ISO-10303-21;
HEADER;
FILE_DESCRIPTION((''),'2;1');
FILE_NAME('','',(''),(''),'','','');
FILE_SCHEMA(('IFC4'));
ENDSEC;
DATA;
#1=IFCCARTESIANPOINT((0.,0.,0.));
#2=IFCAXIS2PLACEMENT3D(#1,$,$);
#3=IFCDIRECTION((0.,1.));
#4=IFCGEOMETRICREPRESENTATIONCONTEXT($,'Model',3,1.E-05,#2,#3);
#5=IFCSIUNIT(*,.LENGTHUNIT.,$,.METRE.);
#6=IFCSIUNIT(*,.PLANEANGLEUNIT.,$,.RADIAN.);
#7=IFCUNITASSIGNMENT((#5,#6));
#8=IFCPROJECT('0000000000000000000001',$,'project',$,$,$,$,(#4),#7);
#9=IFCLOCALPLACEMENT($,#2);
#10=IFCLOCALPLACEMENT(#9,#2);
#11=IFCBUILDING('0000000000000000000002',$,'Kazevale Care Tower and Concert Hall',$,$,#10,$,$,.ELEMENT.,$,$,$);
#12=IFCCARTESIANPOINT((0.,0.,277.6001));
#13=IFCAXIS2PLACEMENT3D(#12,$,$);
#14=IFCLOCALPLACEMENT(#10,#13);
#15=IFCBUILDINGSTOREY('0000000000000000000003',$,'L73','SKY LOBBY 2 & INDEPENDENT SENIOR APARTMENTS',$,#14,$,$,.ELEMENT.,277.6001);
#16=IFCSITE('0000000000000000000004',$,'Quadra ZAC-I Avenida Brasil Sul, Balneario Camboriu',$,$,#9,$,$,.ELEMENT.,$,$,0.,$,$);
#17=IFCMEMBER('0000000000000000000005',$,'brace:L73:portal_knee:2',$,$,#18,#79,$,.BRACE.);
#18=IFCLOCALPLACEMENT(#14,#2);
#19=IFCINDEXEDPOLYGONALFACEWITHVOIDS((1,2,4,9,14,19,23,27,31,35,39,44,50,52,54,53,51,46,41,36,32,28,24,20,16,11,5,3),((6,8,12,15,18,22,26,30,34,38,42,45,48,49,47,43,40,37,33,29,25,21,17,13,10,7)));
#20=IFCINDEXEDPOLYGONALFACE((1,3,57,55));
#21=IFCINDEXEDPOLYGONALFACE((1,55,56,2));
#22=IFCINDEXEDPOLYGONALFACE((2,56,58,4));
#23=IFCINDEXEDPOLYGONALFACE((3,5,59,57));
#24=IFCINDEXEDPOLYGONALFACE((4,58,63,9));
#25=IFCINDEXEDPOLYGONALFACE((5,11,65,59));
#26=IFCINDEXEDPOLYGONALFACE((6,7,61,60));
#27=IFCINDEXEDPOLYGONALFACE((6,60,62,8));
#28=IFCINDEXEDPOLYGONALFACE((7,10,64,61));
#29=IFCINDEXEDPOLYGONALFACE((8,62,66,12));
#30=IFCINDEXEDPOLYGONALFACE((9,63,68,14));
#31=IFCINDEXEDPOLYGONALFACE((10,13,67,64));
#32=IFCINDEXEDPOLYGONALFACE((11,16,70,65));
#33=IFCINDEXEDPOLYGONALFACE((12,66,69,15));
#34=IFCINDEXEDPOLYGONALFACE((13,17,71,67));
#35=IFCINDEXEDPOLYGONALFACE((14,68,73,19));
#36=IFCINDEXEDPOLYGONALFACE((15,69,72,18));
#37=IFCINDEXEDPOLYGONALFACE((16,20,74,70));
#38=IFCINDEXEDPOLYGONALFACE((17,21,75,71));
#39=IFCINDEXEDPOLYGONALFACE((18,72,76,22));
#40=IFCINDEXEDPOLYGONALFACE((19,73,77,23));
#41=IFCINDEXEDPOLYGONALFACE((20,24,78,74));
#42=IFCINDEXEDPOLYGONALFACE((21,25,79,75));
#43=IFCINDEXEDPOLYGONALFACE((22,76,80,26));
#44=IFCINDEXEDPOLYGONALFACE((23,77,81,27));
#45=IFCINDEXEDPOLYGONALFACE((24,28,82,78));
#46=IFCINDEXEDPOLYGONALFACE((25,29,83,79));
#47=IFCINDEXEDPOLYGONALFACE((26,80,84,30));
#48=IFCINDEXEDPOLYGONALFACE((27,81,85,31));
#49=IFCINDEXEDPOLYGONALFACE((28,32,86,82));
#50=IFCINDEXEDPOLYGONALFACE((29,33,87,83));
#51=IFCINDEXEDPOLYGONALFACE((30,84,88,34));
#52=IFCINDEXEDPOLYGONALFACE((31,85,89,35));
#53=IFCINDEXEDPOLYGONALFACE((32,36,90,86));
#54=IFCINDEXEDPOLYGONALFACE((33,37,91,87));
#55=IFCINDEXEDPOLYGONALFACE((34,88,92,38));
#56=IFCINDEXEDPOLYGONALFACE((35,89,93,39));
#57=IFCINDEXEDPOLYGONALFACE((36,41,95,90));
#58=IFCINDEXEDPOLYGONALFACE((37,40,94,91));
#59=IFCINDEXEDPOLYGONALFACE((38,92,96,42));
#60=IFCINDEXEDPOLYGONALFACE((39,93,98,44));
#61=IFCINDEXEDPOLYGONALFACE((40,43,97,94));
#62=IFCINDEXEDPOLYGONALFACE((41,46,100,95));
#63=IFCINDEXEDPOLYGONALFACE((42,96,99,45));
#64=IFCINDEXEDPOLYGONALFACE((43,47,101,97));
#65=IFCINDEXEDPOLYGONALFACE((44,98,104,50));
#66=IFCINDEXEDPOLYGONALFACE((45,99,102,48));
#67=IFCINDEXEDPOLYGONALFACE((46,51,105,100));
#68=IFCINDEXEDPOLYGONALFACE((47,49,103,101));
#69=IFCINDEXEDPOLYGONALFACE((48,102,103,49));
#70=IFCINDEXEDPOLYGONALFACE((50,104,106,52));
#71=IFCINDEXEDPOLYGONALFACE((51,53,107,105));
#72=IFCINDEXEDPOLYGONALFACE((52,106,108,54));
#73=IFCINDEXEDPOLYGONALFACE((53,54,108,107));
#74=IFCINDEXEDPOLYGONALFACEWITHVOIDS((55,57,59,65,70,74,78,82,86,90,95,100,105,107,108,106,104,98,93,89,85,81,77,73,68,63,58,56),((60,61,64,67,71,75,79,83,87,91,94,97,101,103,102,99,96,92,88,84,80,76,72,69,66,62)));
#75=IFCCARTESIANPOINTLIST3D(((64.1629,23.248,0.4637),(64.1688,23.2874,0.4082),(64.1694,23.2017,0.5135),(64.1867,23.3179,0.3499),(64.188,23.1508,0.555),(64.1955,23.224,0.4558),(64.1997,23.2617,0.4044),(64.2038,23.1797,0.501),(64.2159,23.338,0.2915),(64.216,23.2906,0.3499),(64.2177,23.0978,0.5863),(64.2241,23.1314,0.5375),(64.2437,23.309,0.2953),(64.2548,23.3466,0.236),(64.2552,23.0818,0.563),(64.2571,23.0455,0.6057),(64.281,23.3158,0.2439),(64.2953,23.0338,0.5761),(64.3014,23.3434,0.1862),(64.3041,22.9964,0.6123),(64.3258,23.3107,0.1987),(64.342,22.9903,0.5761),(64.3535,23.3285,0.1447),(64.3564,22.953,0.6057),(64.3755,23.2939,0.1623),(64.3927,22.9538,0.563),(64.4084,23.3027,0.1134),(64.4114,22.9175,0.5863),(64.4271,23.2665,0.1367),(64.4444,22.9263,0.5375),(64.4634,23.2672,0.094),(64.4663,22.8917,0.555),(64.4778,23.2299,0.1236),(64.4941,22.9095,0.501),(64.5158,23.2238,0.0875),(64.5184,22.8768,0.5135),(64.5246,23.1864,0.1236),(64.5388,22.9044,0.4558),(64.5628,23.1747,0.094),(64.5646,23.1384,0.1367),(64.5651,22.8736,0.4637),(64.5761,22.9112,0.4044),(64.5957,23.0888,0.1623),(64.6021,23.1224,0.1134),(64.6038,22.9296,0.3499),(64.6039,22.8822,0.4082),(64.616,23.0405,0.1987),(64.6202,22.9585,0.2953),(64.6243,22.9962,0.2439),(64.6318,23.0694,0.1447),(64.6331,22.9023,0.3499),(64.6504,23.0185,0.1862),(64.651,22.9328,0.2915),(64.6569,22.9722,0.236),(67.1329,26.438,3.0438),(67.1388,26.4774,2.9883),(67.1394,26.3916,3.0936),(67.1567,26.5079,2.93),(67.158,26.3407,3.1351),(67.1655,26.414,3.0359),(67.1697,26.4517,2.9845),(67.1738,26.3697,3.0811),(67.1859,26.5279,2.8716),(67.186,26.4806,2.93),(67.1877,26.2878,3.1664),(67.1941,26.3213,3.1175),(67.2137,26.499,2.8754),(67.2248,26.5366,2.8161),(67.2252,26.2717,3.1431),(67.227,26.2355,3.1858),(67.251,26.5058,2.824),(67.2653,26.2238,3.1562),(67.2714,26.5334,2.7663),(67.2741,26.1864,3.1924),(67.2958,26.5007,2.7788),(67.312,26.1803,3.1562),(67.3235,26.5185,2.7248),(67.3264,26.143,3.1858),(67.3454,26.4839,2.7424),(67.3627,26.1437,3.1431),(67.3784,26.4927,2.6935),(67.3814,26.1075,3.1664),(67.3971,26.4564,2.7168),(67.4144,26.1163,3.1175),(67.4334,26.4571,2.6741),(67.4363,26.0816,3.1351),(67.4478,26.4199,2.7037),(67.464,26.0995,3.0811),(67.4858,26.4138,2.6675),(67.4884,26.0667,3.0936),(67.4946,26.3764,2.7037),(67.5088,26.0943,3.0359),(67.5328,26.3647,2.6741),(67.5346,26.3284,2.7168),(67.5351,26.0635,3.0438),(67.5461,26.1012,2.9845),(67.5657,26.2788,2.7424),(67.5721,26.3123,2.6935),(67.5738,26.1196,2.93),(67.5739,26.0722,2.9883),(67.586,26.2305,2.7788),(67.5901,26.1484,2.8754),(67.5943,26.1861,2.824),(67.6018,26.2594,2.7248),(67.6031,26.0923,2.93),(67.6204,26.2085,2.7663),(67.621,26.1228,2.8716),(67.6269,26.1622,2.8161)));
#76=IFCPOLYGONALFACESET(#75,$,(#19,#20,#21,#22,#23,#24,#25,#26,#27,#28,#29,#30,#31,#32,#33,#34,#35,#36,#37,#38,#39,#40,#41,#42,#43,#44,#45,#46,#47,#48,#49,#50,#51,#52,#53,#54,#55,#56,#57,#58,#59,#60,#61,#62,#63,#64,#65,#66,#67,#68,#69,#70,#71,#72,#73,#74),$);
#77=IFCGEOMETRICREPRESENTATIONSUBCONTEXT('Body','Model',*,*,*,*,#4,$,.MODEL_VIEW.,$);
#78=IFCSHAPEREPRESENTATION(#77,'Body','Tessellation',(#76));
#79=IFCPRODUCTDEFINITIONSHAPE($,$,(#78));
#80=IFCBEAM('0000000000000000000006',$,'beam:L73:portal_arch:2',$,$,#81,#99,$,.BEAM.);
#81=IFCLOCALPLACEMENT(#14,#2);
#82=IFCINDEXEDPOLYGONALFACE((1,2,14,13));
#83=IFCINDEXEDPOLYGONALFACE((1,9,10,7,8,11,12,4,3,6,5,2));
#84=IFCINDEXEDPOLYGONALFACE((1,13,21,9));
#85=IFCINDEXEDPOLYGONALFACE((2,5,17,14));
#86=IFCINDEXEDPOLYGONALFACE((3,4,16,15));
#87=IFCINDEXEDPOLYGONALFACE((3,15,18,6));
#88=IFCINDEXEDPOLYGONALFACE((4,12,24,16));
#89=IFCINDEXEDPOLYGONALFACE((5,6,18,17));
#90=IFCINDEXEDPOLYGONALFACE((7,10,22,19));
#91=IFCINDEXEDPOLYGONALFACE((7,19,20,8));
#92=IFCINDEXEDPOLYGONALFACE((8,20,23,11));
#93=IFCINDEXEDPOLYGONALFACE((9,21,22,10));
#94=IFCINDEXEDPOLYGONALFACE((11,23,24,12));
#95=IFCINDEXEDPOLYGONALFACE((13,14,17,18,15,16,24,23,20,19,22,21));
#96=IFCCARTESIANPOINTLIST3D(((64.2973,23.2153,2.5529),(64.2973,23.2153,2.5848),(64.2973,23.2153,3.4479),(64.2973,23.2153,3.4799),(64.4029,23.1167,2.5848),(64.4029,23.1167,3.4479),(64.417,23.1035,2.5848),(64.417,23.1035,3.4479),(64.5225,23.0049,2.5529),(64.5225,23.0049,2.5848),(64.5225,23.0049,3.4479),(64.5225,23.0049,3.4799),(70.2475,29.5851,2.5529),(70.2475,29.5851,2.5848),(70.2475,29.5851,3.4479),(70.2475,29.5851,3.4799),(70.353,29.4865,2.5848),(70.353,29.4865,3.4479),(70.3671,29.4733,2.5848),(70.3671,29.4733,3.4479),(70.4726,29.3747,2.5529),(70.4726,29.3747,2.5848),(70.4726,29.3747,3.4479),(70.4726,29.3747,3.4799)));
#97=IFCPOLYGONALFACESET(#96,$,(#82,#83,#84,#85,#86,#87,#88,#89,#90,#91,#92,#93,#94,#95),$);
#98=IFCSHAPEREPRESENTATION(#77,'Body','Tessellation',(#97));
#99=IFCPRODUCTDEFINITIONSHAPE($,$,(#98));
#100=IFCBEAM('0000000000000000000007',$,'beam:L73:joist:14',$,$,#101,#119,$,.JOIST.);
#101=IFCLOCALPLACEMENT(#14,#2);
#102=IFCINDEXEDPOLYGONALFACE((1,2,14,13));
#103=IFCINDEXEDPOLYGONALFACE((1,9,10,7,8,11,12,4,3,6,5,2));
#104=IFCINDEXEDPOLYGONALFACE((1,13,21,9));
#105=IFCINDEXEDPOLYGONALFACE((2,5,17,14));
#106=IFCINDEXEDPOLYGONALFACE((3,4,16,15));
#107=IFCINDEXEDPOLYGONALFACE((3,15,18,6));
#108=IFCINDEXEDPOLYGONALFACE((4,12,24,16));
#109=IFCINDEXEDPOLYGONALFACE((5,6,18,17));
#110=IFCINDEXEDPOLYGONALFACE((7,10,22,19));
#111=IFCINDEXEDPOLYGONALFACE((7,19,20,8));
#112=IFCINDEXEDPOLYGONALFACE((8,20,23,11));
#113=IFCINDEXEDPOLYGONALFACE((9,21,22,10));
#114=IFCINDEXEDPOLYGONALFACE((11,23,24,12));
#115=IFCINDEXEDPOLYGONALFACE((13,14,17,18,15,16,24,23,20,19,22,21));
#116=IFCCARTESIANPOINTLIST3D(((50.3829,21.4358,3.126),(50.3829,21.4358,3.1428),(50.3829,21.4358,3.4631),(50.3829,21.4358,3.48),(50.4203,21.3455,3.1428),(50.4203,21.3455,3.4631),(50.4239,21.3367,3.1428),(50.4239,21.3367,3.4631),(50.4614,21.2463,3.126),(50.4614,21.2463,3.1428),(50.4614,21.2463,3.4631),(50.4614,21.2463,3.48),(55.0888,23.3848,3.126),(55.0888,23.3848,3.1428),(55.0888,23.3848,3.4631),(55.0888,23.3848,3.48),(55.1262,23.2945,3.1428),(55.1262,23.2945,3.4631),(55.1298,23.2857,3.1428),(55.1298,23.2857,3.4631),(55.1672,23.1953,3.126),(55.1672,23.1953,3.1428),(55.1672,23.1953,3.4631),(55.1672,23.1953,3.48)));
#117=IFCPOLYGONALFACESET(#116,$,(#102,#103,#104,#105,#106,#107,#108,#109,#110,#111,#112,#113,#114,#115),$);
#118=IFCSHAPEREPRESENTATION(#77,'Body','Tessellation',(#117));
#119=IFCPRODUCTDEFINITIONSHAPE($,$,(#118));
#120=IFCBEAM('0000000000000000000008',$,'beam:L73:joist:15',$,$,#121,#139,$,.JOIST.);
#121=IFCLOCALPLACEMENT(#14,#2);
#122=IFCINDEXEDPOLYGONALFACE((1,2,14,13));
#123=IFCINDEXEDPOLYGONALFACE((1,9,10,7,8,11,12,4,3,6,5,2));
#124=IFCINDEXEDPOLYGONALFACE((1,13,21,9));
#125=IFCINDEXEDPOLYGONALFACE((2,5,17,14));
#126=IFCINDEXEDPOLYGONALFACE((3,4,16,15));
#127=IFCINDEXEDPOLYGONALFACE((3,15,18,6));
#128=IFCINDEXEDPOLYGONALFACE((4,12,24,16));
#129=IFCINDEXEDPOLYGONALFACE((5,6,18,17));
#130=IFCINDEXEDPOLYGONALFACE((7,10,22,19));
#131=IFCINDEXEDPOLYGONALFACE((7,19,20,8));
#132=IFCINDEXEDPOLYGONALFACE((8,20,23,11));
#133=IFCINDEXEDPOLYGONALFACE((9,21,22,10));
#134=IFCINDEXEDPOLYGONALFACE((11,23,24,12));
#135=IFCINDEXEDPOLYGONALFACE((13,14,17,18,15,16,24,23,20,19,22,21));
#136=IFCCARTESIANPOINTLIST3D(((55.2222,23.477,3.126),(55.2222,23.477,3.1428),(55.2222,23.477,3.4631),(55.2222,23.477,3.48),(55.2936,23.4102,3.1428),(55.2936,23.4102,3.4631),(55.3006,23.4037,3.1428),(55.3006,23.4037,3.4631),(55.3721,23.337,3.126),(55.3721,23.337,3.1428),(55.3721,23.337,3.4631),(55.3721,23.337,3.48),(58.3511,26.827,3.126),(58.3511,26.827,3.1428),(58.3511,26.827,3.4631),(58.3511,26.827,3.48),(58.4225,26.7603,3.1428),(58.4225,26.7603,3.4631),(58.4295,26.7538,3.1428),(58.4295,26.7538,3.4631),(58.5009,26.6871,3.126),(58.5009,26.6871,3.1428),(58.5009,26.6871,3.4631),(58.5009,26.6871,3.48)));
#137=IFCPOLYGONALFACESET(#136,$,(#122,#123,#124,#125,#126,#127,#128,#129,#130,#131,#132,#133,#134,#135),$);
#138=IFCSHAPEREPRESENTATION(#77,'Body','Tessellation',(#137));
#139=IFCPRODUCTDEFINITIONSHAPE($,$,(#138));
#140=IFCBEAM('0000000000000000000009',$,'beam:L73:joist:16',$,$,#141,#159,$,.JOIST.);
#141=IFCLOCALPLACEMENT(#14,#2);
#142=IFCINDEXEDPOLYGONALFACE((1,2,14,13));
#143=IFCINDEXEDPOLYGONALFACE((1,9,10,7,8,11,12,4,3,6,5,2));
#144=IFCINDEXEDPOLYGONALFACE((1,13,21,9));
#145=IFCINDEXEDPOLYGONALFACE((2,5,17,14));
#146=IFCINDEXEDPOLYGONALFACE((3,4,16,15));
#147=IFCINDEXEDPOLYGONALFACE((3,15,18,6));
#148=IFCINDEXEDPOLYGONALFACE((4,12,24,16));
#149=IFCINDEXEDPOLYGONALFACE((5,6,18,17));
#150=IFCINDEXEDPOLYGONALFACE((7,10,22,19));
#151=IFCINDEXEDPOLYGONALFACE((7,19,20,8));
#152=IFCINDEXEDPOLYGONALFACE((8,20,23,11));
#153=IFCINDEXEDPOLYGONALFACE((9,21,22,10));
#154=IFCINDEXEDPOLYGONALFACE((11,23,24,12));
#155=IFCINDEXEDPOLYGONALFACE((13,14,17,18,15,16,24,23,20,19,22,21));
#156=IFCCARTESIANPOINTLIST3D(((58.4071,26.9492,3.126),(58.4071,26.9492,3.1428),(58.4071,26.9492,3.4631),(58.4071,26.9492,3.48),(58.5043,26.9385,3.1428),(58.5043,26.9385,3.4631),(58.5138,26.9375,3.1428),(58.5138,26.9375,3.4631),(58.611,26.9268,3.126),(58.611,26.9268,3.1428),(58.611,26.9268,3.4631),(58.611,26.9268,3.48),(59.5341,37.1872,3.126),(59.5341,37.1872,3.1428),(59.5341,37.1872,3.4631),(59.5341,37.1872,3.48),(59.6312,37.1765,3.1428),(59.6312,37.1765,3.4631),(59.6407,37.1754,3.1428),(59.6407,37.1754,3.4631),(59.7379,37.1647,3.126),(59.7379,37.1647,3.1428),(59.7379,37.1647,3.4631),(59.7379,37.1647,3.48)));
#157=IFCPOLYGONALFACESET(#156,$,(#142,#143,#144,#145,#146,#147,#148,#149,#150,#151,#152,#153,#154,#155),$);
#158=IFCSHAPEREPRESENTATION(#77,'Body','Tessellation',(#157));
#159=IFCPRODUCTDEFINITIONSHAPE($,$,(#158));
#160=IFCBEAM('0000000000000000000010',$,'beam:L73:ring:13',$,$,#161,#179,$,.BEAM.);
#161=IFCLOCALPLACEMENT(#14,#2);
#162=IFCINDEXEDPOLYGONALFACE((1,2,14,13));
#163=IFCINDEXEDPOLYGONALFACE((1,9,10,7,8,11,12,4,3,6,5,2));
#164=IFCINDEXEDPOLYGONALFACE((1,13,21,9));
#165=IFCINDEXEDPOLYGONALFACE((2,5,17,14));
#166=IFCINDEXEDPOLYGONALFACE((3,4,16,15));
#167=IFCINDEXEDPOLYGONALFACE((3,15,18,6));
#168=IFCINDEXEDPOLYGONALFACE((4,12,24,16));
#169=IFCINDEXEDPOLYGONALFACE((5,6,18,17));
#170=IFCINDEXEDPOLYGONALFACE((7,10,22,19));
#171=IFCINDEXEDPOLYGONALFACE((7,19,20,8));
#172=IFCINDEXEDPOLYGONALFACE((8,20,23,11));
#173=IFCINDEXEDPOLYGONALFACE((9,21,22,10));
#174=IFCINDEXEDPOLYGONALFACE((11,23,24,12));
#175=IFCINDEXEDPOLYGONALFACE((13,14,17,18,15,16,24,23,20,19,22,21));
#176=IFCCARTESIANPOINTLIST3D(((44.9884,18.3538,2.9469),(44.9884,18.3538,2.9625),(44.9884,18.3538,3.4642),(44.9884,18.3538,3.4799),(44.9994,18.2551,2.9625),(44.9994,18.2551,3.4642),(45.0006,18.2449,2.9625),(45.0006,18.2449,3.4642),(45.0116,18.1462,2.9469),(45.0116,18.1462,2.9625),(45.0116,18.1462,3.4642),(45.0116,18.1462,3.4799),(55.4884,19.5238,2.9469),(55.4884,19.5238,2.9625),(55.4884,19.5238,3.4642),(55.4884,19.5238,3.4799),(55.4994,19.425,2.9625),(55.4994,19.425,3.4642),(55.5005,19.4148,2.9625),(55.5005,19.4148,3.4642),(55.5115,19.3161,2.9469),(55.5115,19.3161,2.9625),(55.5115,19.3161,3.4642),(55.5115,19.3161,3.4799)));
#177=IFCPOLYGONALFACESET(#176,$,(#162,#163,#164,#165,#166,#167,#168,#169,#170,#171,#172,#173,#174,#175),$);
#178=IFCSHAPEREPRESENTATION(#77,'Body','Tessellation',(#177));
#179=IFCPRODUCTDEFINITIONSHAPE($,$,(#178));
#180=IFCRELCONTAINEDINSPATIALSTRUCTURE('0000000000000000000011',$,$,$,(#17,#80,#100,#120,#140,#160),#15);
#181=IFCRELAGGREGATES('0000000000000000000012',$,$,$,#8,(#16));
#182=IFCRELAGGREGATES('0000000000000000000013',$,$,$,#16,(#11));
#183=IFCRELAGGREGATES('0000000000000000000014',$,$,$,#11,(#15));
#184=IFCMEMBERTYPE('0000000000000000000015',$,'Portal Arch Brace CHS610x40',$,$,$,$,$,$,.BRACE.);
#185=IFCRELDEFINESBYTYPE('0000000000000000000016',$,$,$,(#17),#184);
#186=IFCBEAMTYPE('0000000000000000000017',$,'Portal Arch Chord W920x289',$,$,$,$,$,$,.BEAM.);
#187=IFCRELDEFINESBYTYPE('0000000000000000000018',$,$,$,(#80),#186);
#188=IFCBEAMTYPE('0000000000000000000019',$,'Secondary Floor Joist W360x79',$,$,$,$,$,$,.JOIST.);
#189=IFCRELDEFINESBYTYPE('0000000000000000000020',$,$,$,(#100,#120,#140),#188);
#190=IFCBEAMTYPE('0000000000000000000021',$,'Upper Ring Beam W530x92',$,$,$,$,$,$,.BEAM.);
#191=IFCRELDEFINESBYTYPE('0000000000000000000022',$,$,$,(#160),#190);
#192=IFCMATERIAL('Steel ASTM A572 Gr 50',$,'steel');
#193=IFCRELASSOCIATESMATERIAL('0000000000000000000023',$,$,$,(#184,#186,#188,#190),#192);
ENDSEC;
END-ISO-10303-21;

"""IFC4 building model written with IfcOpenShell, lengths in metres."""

from ifc_helpers import new_model, si_unit, direction, frame, origin, origin_2d, place, context, subcontext, project, spatial, hollow_circle, i_section, extrude, material, material_profile, profile_set, type_object, element, save


model = new_model("IFC4")

# Units and contexts
model_context = context("Model", 3, precision=1e-05, world=origin(), true_north=direction((0.0, 1.0)))
body_context = subcontext(model_context, "Body", "Model", "MODEL_VIEW")
ifc_project = project(units=[si_unit("LENGTHUNIT", "METRE"), si_unit("PLANEANGLEUNIT", "RADIAN")], contexts=[model_context])

# Site, building, storey
site_placement = place(None, origin())
site = spatial("IfcSite", under=ifc_project, at=site_placement, Name="Quadra ZAC-I Avenida Brasil Sul, Balneario Camboriu", CompositionType="ELEMENT", RefElevation=0.0)
building_placement = place(site_placement, origin())
building = spatial("IfcBuilding", under=site, at=building_placement, Name="Kazevale Care Tower and Concert Hall", CompositionType="ELEMENT")
storey_placement = place(building_placement, frame((0.0, 0.0, 277.6001)))
storey = spatial("IfcBuildingStorey", under=building, at=storey_placement, Name="L73", Description="SKY LOBBY 2 & INDEPENDENT SENIOR APARTMENTS", CompositionType="ELEMENT", Elevation=277.6001)

# Member
ifc_material_1 = material(Name="Steel ASTM A572 Gr 50", Category="steel")
ifc_material_profile_1 = material_profile(ifc_material_1, hollow_circle(Radius=0.3049, WallThickness=0.04, at=origin_2d()), Name="CHS610x40")
ifc_profile_set_1 = profile_set([ifc_material_profile_1], Name="Steel ASTM A572 Gr 50")
member_type_1 = type_object("IfcMemberType", Name="Portal Arch Brace CHS610x40", PredefinedType="BRACE", material=ifc_profile_set_1)
member_1_placement = place(storey_placement, frame((64.4099, 23.1101, 0.3499), z_axis=(0.586382, 0.629813, 0.509403), x_axis=(-0.731891, 0.681422, 0.0)))
element("IfcMember", 1, at=member_1_placement, inside=storey, type_object=member_type_1, Name="brace:L73:portal_knee:2", PredefinedType="BRACE", context=body_context, shape_type="SweptSolid", body=[
    extrude(hollow_circle(Radius=0.3049, WallThickness=0.04, at=origin_2d()), origin(), (0.0, 0.0, 1.0), 5.0649),
])

# Beams
ifc_material_profile_2 = material_profile(ifc_material_1, i_section(OverallWidth=0.3081, OverallDepth=0.927, WebThickness=0.0193, FlangeThickness=0.032, at=origin_2d()), Name="W920x289")
ifc_profile_set_2 = profile_set([ifc_material_profile_2], Name="Steel ASTM A572 Gr 50")
beam_type_1 = type_object("IfcBeamType", Name="Portal Arch Chord W920x289", PredefinedType="BEAM", material=ifc_profile_set_2)
beam_1_placement = place(storey_placement, frame((64.4099, 23.1101, 3.0164), z_axis=(0.682624, 0.73077, 0.0), x_axis=(-0.73077, 0.682624, 0.0)))
element("IfcBeam", 2, at=beam_1_placement, inside=storey, type_object=beam_type_1, Name="beam:L73:portal_arch:2", PredefinedType="BEAM", context=body_context, shape_type="SweptSolid", body=[
    extrude(i_section(OverallWidth=0.3081, OverallDepth=0.927, WebThickness=0.0193, FlangeThickness=0.032, at=origin_2d()), origin(), (0.0, 0.0, 1.0), 8.7166),
])
ifc_material_profile_3 = material_profile(ifc_material_1, i_section(OverallWidth=0.2051, OverallDepth=0.354, WebThickness=0.0095, FlangeThickness=0.0168, at=origin_2d()), Name="W360x79")
ifc_profile_set_3 = profile_set([ifc_material_profile_3], Name="Steel ASTM A572 Gr 50")
beam_type_2 = type_object("IfcBeamType", Name="Secondary Floor Joist W360x79", PredefinedType="JOIST", material=ifc_profile_set_3)
beam_2_placement = place(storey_placement, frame((50.4221, 21.3411, 3.303), z_axis=(0.923896, 0.382644, 0.0), x_axis=(-0.382644, 0.923896, 0.0)))
element("IfcBeam", 3, at=beam_2_placement, inside=storey, type_object=beam_type_2, Name="beam:L73:joist:14", PredefinedType="JOIST", context=body_context, shape_type="SweptSolid", body=[
    extrude(i_section(OverallWidth=0.2051, OverallDepth=0.354, WebThickness=0.0095, FlangeThickness=0.0168, at=origin_2d()), origin(), (0.0, 0.0, 1.0), 5.0935),
])
beam_3_placement = place(storey_placement, frame((55.2971, 23.407, 3.303), z_axis=(0.682569, 0.730821, 0.0), x_axis=(-0.730821, 0.682569, 0.0)))
element("IfcBeam", 4, at=beam_3_placement, inside=storey, type_object=beam_type_2, Name="beam:L73:joist:15", PredefinedType="JOIST", context=body_context, shape_type="SweptSolid", body=[
    extrude(i_section(OverallWidth=0.2051, OverallDepth=0.354, WebThickness=0.0095, FlangeThickness=0.0168, at=origin_2d()), origin(), (0.0, 0.0, 1.0), 4.584),
])
beam_4_placement = place(storey_placement, frame((58.509, 26.938, 3.303), z_axis=(0.109414, 0.993996, 0.0), x_axis=(-0.993996, 0.109414, 0.0)))
element("IfcBeam", 5, at=beam_4_placement, inside=storey, type_object=beam_type_2, Name="beam:L73:joist:16", PredefinedType="JOIST", context=body_context, shape_type="SweptSolid", body=[
    extrude(i_section(OverallWidth=0.2051, OverallDepth=0.354, WebThickness=0.0095, FlangeThickness=0.0168, at=origin_2d()), origin(), (0.0, 0.0, 1.0), 10.2998),
])
ifc_material_profile_4 = material_profile(ifc_material_1, i_section(OverallWidth=0.209, OverallDepth=0.533, WebThickness=0.0103, FlangeThickness=0.0156, at=origin_2d()), Name="W530x92")
ifc_profile_set_4 = profile_set([ifc_material_profile_4], Name="Steel ASTM A572 Gr 50")
beam_type_3 = type_object("IfcBeamType", Name="Upper Ring Beam W530x92", PredefinedType="BEAM", material=ifc_profile_set_4)
beam_5_placement = place(storey_placement, frame((45.0, 18.25, 3.2134), z_axis=(0.99385, 0.110736, 0.0), x_axis=(-0.110736, 0.99385, 0.0)))
element("IfcBeam", 6, at=beam_5_placement, inside=storey, type_object=beam_type_3, Name="beam:L73:ring:13", PredefinedType="BEAM", context=body_context, shape_type="SweptSolid", body=[
    extrude(i_section(OverallWidth=0.209, OverallDepth=0.533, WebThickness=0.0103, FlangeThickness=0.0156, at=origin_2d()), origin(), (0.0, 0.0, 1.0), 10.5649),
])

save(model, "model.ifc")
